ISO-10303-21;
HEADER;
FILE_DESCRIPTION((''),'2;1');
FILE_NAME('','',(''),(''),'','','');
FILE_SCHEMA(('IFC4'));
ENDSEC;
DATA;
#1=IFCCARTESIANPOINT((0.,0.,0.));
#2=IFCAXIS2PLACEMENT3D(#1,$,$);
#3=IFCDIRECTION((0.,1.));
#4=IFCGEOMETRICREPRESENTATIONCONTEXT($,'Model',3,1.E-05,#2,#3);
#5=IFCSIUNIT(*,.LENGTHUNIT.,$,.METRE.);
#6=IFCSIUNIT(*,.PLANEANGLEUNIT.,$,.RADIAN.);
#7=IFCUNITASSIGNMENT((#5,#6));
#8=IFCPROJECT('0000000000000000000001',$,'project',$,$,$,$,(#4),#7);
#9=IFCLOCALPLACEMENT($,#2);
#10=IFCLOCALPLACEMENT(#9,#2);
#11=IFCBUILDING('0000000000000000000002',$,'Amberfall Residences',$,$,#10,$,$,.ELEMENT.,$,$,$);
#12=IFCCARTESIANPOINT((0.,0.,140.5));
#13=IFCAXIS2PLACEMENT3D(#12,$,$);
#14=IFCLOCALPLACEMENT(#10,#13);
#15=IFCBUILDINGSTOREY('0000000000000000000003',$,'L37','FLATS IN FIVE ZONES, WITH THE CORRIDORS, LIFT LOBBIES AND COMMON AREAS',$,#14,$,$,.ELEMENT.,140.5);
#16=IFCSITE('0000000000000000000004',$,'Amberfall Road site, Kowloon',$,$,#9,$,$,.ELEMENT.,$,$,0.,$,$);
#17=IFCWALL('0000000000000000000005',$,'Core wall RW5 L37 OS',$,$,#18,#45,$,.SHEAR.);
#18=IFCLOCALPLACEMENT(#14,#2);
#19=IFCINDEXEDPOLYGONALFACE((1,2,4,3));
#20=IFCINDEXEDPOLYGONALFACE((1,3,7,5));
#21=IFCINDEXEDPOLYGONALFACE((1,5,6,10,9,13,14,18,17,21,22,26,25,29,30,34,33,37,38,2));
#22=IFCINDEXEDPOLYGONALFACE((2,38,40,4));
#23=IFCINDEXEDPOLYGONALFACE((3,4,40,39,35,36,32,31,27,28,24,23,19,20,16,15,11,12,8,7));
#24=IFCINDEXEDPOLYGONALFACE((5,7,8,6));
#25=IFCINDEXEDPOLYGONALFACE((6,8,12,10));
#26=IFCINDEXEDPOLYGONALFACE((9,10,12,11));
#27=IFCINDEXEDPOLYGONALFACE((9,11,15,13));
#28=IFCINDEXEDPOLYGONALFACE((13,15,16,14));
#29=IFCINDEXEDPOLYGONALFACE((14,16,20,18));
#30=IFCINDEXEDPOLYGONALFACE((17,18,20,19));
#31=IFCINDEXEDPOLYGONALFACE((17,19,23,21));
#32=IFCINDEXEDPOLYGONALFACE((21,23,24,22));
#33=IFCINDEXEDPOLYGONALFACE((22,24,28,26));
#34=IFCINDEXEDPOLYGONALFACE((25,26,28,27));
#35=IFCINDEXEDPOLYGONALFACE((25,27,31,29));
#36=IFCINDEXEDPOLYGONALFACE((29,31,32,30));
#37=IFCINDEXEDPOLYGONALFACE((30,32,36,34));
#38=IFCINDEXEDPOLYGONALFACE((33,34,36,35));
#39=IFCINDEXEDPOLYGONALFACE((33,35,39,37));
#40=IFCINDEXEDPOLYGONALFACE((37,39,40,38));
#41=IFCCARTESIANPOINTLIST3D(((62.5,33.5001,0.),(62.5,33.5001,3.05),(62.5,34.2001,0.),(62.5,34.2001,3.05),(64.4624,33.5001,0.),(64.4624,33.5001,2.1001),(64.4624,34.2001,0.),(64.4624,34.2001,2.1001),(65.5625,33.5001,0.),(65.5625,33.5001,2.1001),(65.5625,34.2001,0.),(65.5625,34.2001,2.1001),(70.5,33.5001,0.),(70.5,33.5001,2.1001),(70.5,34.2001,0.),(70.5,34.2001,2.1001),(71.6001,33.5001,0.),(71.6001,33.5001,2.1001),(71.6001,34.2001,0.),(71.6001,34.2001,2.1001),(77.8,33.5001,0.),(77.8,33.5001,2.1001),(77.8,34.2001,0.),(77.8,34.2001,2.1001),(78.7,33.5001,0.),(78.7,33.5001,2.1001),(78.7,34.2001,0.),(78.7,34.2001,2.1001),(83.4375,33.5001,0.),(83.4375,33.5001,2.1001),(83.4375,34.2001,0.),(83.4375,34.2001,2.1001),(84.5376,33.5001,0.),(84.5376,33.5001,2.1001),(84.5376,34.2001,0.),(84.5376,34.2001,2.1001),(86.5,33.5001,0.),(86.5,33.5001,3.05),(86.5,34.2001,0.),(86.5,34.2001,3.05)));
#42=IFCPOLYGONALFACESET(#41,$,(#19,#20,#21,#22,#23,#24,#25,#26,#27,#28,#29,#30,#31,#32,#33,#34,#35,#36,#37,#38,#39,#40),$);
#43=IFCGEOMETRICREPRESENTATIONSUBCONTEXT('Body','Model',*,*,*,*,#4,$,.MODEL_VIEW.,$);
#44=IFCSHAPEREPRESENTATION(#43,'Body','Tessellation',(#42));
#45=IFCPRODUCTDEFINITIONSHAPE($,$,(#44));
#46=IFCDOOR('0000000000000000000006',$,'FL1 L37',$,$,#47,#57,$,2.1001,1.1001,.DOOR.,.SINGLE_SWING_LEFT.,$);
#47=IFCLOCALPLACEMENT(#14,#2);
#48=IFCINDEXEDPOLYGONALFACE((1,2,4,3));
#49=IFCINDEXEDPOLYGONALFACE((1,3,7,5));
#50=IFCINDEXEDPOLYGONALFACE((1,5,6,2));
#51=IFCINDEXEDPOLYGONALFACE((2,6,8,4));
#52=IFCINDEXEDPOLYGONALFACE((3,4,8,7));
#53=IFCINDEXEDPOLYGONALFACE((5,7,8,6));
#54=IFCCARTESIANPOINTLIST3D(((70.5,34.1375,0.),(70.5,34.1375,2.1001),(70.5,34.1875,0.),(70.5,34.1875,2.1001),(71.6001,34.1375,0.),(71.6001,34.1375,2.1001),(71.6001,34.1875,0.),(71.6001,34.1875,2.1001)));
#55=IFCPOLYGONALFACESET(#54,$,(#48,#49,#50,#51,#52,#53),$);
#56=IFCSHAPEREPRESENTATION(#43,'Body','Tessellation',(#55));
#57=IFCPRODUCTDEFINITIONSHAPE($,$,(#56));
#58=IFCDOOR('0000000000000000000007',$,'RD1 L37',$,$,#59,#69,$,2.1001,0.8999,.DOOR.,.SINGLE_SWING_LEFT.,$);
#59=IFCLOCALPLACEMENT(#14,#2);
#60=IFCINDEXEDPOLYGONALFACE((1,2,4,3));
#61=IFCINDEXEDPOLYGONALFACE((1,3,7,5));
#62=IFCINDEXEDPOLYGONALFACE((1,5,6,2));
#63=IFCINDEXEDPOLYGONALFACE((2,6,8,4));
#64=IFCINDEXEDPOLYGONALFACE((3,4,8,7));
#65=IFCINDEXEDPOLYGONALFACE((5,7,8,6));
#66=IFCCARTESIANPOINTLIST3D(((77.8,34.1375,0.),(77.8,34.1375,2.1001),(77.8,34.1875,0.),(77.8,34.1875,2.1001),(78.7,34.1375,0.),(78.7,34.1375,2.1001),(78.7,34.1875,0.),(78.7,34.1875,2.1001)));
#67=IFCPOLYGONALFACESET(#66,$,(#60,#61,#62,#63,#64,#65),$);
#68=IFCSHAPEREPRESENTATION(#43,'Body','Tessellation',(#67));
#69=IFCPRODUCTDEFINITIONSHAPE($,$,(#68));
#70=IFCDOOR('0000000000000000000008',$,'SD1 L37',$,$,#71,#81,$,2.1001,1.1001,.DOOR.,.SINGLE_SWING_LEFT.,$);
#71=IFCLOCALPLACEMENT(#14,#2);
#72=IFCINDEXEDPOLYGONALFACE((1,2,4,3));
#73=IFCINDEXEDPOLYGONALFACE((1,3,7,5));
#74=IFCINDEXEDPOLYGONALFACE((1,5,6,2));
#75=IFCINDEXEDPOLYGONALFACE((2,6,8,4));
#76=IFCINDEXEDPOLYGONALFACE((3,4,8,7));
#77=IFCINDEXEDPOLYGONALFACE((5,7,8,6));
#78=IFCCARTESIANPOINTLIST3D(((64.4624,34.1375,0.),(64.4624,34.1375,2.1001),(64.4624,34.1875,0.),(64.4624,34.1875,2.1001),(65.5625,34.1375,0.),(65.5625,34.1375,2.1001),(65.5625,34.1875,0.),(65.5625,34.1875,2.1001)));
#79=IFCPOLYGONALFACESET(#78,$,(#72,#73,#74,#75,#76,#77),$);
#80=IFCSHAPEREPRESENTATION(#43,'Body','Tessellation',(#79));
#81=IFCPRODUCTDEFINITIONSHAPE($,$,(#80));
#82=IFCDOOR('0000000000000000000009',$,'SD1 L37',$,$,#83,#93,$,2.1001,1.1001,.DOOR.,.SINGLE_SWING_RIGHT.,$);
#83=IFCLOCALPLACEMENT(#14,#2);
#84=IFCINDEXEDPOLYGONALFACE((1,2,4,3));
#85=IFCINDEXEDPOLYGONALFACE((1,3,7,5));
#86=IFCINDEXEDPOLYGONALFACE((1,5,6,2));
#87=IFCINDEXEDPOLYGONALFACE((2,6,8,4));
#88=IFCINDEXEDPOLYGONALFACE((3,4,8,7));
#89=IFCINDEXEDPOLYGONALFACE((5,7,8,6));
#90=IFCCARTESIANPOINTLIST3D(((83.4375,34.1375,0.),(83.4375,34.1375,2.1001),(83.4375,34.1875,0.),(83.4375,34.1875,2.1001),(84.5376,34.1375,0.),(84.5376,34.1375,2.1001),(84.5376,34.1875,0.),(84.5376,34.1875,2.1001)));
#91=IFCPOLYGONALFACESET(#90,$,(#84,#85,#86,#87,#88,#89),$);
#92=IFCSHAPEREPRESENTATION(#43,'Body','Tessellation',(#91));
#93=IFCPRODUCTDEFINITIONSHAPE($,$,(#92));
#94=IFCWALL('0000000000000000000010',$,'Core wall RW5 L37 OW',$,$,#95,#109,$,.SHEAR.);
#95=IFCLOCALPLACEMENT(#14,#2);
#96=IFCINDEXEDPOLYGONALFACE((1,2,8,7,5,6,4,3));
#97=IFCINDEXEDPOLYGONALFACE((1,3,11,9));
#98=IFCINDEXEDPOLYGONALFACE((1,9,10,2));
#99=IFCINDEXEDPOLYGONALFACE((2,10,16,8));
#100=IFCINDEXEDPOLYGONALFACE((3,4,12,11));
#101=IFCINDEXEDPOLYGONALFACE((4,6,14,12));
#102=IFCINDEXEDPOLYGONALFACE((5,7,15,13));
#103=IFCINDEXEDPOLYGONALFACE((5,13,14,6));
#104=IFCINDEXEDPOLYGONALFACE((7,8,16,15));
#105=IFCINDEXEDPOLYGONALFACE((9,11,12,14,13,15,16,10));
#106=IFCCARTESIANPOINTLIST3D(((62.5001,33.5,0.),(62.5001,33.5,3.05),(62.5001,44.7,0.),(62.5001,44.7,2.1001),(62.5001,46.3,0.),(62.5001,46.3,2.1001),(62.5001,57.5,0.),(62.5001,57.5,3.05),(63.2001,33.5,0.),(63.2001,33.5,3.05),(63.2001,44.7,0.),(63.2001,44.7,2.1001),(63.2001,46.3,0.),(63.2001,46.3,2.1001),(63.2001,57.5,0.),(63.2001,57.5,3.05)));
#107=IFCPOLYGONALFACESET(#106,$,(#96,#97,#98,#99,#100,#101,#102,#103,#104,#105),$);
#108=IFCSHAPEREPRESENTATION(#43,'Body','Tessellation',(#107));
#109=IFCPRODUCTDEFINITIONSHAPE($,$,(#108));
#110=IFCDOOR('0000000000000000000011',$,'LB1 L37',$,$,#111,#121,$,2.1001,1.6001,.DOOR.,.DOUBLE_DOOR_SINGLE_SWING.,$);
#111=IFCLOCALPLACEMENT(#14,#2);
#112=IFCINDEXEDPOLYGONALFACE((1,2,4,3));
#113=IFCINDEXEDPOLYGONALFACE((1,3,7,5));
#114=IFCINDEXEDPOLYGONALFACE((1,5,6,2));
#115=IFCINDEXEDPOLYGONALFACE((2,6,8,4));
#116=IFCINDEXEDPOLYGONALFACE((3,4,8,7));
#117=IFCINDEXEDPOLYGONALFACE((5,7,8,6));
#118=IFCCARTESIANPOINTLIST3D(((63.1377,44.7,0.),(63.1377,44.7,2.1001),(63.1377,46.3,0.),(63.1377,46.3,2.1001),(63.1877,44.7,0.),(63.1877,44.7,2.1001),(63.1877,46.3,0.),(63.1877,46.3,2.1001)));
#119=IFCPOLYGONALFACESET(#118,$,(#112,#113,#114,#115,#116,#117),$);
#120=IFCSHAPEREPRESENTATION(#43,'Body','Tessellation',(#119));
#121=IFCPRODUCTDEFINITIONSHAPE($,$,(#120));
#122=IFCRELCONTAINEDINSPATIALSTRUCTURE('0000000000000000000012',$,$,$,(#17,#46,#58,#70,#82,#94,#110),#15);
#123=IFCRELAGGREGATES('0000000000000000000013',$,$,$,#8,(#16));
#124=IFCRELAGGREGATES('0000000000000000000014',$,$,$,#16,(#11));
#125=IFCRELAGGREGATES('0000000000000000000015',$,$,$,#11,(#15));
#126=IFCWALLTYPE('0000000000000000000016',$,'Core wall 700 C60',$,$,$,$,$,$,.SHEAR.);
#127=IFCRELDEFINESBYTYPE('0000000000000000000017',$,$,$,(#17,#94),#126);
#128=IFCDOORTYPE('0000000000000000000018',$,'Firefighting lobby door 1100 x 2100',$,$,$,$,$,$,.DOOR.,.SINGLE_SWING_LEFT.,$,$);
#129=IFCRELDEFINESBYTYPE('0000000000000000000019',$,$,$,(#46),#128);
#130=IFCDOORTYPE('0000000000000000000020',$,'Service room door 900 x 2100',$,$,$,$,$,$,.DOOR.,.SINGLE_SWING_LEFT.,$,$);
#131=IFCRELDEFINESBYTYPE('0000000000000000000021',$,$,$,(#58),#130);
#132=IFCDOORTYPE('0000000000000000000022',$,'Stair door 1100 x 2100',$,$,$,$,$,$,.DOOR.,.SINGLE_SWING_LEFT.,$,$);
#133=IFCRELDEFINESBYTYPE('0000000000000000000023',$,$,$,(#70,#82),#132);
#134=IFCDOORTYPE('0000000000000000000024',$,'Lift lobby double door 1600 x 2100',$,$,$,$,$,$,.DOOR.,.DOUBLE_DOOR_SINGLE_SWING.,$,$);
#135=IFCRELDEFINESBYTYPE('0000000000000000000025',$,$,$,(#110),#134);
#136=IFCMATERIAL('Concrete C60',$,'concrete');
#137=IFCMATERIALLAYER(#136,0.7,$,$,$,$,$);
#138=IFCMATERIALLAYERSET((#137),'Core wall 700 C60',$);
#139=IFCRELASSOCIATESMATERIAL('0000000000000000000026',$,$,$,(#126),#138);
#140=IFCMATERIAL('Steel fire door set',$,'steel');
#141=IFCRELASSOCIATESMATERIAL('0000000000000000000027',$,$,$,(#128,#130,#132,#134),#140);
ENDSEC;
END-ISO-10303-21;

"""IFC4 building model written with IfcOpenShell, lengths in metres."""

from ifc_helpers import new_model, si_unit, direction, frame, frame_2d, origin, place, context, subcontext, project, spatial, rectangle, extrude, material, layer, layer_set, type_object, element, fill, save


model = new_model("IFC4")

# Units and contexts
model_context = context("Model", 3, precision=1e-05, world=origin(), true_north=direction((0.0, 1.0)))
body_context = subcontext(model_context, "Body", "Model", "MODEL_VIEW")
ifc_project = project(units=[si_unit("LENGTHUNIT", "METRE"), si_unit("PLANEANGLEUNIT", "RADIAN")], contexts=[model_context])

# Site, building, storey
site_placement = place(None, origin())
site = spatial("IfcSite", under=ifc_project, at=site_placement, Name="Amberfall Road site, Kowloon", CompositionType="ELEMENT", RefElevation=0.0)
building_placement = place(site_placement, origin())
building = spatial("IfcBuilding", under=site, at=building_placement, Name="Amberfall Residences", CompositionType="ELEMENT")
storey_placement = place(building_placement, frame((0.0, 0.0, 140.5)))
storey = spatial("IfcBuildingStorey", under=building, at=storey_placement, Name="L37", Description="FLATS IN FIVE ZONES, WITH THE CORRIDORS, LIFT LOBBIES AND COMMON AREAS", CompositionType="ELEMENT", Elevation=140.5)

# Wall, openings, doors
ifc_material_1 = material(Name="Concrete C60", Category="concrete")
ifc_layer_1 = layer(ifc_material_1, 0.7)
ifc_layer_set_1 = layer_set([ifc_layer_1], Name="Core wall 700 C60")
wall_type_1 = type_object("IfcWallType", Name="Core wall 700 C60", PredefinedType="SHEAR", material=ifc_layer_set_1)
wall_1_placement = place(storey_placement, frame((62.5, 33.8501, 0.0), z_axis=(0.0, 0.0, 1.0), x_axis=(1.0, 0.0, 0.0)))
wall_1 = element("IfcWall", 1, at=wall_1_placement, inside=storey, type_object=wall_type_1, Name="Core wall RW5 L37 OS", PredefinedType="SHEAR", context=body_context, shape_type="SweptSolid", body=[
    extrude(rectangle(XDim=24.0, YDim=0.7, at=frame_2d((12.0, 0.0))), origin(), (0.0, 0.0, 1.0), 3.05),
])
opening_1_placement = place(wall_1_placement, frame((1.9624, 0.0, 0.0)))
opening_1 = element("IfcOpeningElement", 2, at=opening_1_placement, cuts=wall_1, PredefinedType="OPENING", context=body_context, shape_type="SweptSolid", body=[
    extrude(rectangle(XDim=1.1001, YDim=2.1001, at=frame_2d((0.55, 1.05))), frame((0.0, 0.3599, 0.0), z_axis=(0.0, -1.0, 0.0), x_axis=(1.0, 0.0, 0.0)), (0.0, 0.0, 1.0), 0.72),
])
opening_2_placement = place(wall_1_placement, frame((20.9375, 0.0, 0.0)))
opening_2 = element("IfcOpeningElement", 3, at=opening_2_placement, cuts=wall_1, PredefinedType="OPENING", context=body_context, shape_type="SweptSolid", body=[
    extrude(rectangle(XDim=1.1001, YDim=2.1001, at=frame_2d((0.55, 1.05))), frame((0.0, 0.3599, 0.0), z_axis=(0.0, -1.0, 0.0), x_axis=(1.0, 0.0, 0.0)), (0.0, 0.0, 1.0), 0.72),
])
opening_3_placement = place(wall_1_placement, frame((8.0, 0.0, 0.0)))
opening_3 = element("IfcOpeningElement", 4, at=opening_3_placement, cuts=wall_1, PredefinedType="OPENING", context=body_context, shape_type="SweptSolid", body=[
    extrude(rectangle(XDim=1.1001, YDim=2.1001, at=frame_2d((0.55, 1.05))), frame((0.0, 0.3599, 0.0), z_axis=(0.0, -1.0, 0.0), x_axis=(1.0, 0.0, 0.0)), (0.0, 0.0, 1.0), 0.72),
])
opening_4_placement = place(wall_1_placement, frame((15.3, 0.0, 0.0)))
opening_4 = element("IfcOpeningElement", 5, at=opening_4_placement, cuts=wall_1, PredefinedType="OPENING", context=body_context, shape_type="SweptSolid", body=[
    extrude(rectangle(XDim=0.8999, YDim=2.1001, at=frame_2d((0.45, 1.05))), frame((0.0, 0.3599, 0.0), z_axis=(0.0, -1.0, 0.0), x_axis=(1.0, 0.0, 0.0)), (0.0, 0.0, 1.0), 0.72),
])
ifc_material_2 = material(Name="Steel fire door set", Category="steel")
door_type_1 = type_object("IfcDoorType", Name="Firefighting lobby door 1100 x 2100", OperationType="SINGLE_SWING_LEFT", PredefinedType="DOOR", material=ifc_material_2)
door_1_placement = place(opening_3_placement, origin())
door_1 = element("IfcDoor", 6, at=door_1_placement, inside=storey, type_object=door_type_1, Name="FL1 L37", OperationType="SINGLE_SWING_LEFT", OverallHeight=2.1001, OverallWidth=1.1001, PredefinedType="DOOR", context=body_context, shape_type="SweptSolid", body=[
    extrude(rectangle(XDim=1.1001, YDim=2.1001, at=frame_2d((0.55, 1.05))), frame((0.0, 0.3374, 0.0), z_axis=(0.0, -1.0, 0.0), x_axis=(1.0, 0.0, 0.0)), (0.0, 0.0, 1.0), 0.05),
])
fill(opening_3, door_1)
door_type_2 = type_object("IfcDoorType", Name="Service room door 900 x 2100", OperationType="SINGLE_SWING_LEFT", PredefinedType="DOOR", material=ifc_material_2)
door_2_placement = place(opening_4_placement, origin())
door_2 = element("IfcDoor", 7, at=door_2_placement, inside=storey, type_object=door_type_2, Name="RD1 L37", OperationType="SINGLE_SWING_LEFT", OverallHeight=2.1001, OverallWidth=0.8999, PredefinedType="DOOR", context=body_context, shape_type="SweptSolid", body=[
    extrude(rectangle(XDim=0.8999, YDim=2.1001, at=frame_2d((0.45, 1.05))), frame((0.0, 0.3374, 0.0), z_axis=(0.0, -1.0, 0.0), x_axis=(1.0, 0.0, 0.0)), (0.0, 0.0, 1.0), 0.05),
])
fill(opening_4, door_2)
door_type_3 = type_object("IfcDoorType", Name="Stair door 1100 x 2100", OperationType="SINGLE_SWING_LEFT", PredefinedType="DOOR", material=ifc_material_2)
door_3_placement = place(opening_1_placement, origin())
door_3 = element("IfcDoor", 8, at=door_3_placement, inside=storey, type_object=door_type_3, Name="SD1 L37", OperationType="SINGLE_SWING_LEFT", OverallHeight=2.1001, OverallWidth=1.1001, PredefinedType="DOOR", context=body_context, shape_type="SweptSolid", body=[
    extrude(rectangle(XDim=1.1001, YDim=2.1001, at=frame_2d((0.55, 1.05))), frame((0.0, 0.3374, 0.0), z_axis=(0.0, -1.0, 0.0), x_axis=(1.0, 0.0, 0.0)), (0.0, 0.0, 1.0), 0.05),
])
fill(opening_1, door_3)
door_4_placement = place(opening_2_placement, origin())
door_4 = element("IfcDoor", 9, at=door_4_placement, inside=storey, type_object=door_type_3, Name="SD1 L37", OperationType="SINGLE_SWING_RIGHT", OverallHeight=2.1001, OverallWidth=1.1001, PredefinedType="DOOR", context=body_context, shape_type="SweptSolid", body=[
    extrude(rectangle(XDim=1.1001, YDim=2.1001, at=frame_2d((0.55, 1.05))), frame((0.0, 0.3374, 0.0), z_axis=(0.0, -1.0, 0.0), x_axis=(1.0, 0.0, 0.0)), (0.0, 0.0, 1.0), 0.05),
])
fill(opening_2, door_4)

# Wall, opening, door
wall_2_placement = place(storey_placement, frame((62.8501, 33.5, 0.0), z_axis=(0.0, 0.0, 1.0), x_axis=(0.0, 1.0, 0.0)))
wall_2 = element("IfcWall", 10, at=wall_2_placement, inside=storey, type_object=wall_type_1, Name="Core wall RW5 L37 OW", PredefinedType="SHEAR", context=body_context, shape_type="SweptSolid", body=[
    extrude(rectangle(XDim=24.0, YDim=0.7, at=frame_2d((12.0, 0.0))), origin(), (0.0, 0.0, 1.0), 3.05),
])
opening_5_placement = place(wall_2_placement, frame((11.2, 0.0, 0.0)))
opening_5 = element("IfcOpeningElement", 11, at=opening_5_placement, cuts=wall_2, PredefinedType="OPENING", context=body_context, shape_type="SweptSolid", body=[
    extrude(rectangle(XDim=1.6001, YDim=2.1001, at=frame_2d((0.8, 1.05))), frame((0.0, 0.3599, 0.0), z_axis=(0.0, -1.0, 0.0), x_axis=(1.0, 0.0, 0.0)), (0.0, 0.0, 1.0), 0.72),
])
door_type_4 = type_object("IfcDoorType", Name="Lift lobby double door 1600 x 2100", OperationType="DOUBLE_DOOR_SINGLE_SWING", PredefinedType="DOOR", material=ifc_material_2)
door_5_placement = place(opening_5_placement, origin())
door_5 = element("IfcDoor", 12, at=door_5_placement, inside=storey, type_object=door_type_4, Name="LB1 L37", OperationType="DOUBLE_DOOR_SINGLE_SWING", OverallHeight=2.1001, OverallWidth=1.6001, PredefinedType="DOOR", context=body_context, shape_type="SweptSolid", body=[
    extrude(rectangle(XDim=1.6001, YDim=2.1001, at=frame_2d((0.8, 1.05))), frame((0.0, -0.2876, 0.0), z_axis=(0.0, -1.0, 0.0), x_axis=(1.0, 0.0, 0.0)), (0.0, 0.0, 1.0), 0.05),
])
fill(opening_5, door_5)

save(model, "model.ifc")
